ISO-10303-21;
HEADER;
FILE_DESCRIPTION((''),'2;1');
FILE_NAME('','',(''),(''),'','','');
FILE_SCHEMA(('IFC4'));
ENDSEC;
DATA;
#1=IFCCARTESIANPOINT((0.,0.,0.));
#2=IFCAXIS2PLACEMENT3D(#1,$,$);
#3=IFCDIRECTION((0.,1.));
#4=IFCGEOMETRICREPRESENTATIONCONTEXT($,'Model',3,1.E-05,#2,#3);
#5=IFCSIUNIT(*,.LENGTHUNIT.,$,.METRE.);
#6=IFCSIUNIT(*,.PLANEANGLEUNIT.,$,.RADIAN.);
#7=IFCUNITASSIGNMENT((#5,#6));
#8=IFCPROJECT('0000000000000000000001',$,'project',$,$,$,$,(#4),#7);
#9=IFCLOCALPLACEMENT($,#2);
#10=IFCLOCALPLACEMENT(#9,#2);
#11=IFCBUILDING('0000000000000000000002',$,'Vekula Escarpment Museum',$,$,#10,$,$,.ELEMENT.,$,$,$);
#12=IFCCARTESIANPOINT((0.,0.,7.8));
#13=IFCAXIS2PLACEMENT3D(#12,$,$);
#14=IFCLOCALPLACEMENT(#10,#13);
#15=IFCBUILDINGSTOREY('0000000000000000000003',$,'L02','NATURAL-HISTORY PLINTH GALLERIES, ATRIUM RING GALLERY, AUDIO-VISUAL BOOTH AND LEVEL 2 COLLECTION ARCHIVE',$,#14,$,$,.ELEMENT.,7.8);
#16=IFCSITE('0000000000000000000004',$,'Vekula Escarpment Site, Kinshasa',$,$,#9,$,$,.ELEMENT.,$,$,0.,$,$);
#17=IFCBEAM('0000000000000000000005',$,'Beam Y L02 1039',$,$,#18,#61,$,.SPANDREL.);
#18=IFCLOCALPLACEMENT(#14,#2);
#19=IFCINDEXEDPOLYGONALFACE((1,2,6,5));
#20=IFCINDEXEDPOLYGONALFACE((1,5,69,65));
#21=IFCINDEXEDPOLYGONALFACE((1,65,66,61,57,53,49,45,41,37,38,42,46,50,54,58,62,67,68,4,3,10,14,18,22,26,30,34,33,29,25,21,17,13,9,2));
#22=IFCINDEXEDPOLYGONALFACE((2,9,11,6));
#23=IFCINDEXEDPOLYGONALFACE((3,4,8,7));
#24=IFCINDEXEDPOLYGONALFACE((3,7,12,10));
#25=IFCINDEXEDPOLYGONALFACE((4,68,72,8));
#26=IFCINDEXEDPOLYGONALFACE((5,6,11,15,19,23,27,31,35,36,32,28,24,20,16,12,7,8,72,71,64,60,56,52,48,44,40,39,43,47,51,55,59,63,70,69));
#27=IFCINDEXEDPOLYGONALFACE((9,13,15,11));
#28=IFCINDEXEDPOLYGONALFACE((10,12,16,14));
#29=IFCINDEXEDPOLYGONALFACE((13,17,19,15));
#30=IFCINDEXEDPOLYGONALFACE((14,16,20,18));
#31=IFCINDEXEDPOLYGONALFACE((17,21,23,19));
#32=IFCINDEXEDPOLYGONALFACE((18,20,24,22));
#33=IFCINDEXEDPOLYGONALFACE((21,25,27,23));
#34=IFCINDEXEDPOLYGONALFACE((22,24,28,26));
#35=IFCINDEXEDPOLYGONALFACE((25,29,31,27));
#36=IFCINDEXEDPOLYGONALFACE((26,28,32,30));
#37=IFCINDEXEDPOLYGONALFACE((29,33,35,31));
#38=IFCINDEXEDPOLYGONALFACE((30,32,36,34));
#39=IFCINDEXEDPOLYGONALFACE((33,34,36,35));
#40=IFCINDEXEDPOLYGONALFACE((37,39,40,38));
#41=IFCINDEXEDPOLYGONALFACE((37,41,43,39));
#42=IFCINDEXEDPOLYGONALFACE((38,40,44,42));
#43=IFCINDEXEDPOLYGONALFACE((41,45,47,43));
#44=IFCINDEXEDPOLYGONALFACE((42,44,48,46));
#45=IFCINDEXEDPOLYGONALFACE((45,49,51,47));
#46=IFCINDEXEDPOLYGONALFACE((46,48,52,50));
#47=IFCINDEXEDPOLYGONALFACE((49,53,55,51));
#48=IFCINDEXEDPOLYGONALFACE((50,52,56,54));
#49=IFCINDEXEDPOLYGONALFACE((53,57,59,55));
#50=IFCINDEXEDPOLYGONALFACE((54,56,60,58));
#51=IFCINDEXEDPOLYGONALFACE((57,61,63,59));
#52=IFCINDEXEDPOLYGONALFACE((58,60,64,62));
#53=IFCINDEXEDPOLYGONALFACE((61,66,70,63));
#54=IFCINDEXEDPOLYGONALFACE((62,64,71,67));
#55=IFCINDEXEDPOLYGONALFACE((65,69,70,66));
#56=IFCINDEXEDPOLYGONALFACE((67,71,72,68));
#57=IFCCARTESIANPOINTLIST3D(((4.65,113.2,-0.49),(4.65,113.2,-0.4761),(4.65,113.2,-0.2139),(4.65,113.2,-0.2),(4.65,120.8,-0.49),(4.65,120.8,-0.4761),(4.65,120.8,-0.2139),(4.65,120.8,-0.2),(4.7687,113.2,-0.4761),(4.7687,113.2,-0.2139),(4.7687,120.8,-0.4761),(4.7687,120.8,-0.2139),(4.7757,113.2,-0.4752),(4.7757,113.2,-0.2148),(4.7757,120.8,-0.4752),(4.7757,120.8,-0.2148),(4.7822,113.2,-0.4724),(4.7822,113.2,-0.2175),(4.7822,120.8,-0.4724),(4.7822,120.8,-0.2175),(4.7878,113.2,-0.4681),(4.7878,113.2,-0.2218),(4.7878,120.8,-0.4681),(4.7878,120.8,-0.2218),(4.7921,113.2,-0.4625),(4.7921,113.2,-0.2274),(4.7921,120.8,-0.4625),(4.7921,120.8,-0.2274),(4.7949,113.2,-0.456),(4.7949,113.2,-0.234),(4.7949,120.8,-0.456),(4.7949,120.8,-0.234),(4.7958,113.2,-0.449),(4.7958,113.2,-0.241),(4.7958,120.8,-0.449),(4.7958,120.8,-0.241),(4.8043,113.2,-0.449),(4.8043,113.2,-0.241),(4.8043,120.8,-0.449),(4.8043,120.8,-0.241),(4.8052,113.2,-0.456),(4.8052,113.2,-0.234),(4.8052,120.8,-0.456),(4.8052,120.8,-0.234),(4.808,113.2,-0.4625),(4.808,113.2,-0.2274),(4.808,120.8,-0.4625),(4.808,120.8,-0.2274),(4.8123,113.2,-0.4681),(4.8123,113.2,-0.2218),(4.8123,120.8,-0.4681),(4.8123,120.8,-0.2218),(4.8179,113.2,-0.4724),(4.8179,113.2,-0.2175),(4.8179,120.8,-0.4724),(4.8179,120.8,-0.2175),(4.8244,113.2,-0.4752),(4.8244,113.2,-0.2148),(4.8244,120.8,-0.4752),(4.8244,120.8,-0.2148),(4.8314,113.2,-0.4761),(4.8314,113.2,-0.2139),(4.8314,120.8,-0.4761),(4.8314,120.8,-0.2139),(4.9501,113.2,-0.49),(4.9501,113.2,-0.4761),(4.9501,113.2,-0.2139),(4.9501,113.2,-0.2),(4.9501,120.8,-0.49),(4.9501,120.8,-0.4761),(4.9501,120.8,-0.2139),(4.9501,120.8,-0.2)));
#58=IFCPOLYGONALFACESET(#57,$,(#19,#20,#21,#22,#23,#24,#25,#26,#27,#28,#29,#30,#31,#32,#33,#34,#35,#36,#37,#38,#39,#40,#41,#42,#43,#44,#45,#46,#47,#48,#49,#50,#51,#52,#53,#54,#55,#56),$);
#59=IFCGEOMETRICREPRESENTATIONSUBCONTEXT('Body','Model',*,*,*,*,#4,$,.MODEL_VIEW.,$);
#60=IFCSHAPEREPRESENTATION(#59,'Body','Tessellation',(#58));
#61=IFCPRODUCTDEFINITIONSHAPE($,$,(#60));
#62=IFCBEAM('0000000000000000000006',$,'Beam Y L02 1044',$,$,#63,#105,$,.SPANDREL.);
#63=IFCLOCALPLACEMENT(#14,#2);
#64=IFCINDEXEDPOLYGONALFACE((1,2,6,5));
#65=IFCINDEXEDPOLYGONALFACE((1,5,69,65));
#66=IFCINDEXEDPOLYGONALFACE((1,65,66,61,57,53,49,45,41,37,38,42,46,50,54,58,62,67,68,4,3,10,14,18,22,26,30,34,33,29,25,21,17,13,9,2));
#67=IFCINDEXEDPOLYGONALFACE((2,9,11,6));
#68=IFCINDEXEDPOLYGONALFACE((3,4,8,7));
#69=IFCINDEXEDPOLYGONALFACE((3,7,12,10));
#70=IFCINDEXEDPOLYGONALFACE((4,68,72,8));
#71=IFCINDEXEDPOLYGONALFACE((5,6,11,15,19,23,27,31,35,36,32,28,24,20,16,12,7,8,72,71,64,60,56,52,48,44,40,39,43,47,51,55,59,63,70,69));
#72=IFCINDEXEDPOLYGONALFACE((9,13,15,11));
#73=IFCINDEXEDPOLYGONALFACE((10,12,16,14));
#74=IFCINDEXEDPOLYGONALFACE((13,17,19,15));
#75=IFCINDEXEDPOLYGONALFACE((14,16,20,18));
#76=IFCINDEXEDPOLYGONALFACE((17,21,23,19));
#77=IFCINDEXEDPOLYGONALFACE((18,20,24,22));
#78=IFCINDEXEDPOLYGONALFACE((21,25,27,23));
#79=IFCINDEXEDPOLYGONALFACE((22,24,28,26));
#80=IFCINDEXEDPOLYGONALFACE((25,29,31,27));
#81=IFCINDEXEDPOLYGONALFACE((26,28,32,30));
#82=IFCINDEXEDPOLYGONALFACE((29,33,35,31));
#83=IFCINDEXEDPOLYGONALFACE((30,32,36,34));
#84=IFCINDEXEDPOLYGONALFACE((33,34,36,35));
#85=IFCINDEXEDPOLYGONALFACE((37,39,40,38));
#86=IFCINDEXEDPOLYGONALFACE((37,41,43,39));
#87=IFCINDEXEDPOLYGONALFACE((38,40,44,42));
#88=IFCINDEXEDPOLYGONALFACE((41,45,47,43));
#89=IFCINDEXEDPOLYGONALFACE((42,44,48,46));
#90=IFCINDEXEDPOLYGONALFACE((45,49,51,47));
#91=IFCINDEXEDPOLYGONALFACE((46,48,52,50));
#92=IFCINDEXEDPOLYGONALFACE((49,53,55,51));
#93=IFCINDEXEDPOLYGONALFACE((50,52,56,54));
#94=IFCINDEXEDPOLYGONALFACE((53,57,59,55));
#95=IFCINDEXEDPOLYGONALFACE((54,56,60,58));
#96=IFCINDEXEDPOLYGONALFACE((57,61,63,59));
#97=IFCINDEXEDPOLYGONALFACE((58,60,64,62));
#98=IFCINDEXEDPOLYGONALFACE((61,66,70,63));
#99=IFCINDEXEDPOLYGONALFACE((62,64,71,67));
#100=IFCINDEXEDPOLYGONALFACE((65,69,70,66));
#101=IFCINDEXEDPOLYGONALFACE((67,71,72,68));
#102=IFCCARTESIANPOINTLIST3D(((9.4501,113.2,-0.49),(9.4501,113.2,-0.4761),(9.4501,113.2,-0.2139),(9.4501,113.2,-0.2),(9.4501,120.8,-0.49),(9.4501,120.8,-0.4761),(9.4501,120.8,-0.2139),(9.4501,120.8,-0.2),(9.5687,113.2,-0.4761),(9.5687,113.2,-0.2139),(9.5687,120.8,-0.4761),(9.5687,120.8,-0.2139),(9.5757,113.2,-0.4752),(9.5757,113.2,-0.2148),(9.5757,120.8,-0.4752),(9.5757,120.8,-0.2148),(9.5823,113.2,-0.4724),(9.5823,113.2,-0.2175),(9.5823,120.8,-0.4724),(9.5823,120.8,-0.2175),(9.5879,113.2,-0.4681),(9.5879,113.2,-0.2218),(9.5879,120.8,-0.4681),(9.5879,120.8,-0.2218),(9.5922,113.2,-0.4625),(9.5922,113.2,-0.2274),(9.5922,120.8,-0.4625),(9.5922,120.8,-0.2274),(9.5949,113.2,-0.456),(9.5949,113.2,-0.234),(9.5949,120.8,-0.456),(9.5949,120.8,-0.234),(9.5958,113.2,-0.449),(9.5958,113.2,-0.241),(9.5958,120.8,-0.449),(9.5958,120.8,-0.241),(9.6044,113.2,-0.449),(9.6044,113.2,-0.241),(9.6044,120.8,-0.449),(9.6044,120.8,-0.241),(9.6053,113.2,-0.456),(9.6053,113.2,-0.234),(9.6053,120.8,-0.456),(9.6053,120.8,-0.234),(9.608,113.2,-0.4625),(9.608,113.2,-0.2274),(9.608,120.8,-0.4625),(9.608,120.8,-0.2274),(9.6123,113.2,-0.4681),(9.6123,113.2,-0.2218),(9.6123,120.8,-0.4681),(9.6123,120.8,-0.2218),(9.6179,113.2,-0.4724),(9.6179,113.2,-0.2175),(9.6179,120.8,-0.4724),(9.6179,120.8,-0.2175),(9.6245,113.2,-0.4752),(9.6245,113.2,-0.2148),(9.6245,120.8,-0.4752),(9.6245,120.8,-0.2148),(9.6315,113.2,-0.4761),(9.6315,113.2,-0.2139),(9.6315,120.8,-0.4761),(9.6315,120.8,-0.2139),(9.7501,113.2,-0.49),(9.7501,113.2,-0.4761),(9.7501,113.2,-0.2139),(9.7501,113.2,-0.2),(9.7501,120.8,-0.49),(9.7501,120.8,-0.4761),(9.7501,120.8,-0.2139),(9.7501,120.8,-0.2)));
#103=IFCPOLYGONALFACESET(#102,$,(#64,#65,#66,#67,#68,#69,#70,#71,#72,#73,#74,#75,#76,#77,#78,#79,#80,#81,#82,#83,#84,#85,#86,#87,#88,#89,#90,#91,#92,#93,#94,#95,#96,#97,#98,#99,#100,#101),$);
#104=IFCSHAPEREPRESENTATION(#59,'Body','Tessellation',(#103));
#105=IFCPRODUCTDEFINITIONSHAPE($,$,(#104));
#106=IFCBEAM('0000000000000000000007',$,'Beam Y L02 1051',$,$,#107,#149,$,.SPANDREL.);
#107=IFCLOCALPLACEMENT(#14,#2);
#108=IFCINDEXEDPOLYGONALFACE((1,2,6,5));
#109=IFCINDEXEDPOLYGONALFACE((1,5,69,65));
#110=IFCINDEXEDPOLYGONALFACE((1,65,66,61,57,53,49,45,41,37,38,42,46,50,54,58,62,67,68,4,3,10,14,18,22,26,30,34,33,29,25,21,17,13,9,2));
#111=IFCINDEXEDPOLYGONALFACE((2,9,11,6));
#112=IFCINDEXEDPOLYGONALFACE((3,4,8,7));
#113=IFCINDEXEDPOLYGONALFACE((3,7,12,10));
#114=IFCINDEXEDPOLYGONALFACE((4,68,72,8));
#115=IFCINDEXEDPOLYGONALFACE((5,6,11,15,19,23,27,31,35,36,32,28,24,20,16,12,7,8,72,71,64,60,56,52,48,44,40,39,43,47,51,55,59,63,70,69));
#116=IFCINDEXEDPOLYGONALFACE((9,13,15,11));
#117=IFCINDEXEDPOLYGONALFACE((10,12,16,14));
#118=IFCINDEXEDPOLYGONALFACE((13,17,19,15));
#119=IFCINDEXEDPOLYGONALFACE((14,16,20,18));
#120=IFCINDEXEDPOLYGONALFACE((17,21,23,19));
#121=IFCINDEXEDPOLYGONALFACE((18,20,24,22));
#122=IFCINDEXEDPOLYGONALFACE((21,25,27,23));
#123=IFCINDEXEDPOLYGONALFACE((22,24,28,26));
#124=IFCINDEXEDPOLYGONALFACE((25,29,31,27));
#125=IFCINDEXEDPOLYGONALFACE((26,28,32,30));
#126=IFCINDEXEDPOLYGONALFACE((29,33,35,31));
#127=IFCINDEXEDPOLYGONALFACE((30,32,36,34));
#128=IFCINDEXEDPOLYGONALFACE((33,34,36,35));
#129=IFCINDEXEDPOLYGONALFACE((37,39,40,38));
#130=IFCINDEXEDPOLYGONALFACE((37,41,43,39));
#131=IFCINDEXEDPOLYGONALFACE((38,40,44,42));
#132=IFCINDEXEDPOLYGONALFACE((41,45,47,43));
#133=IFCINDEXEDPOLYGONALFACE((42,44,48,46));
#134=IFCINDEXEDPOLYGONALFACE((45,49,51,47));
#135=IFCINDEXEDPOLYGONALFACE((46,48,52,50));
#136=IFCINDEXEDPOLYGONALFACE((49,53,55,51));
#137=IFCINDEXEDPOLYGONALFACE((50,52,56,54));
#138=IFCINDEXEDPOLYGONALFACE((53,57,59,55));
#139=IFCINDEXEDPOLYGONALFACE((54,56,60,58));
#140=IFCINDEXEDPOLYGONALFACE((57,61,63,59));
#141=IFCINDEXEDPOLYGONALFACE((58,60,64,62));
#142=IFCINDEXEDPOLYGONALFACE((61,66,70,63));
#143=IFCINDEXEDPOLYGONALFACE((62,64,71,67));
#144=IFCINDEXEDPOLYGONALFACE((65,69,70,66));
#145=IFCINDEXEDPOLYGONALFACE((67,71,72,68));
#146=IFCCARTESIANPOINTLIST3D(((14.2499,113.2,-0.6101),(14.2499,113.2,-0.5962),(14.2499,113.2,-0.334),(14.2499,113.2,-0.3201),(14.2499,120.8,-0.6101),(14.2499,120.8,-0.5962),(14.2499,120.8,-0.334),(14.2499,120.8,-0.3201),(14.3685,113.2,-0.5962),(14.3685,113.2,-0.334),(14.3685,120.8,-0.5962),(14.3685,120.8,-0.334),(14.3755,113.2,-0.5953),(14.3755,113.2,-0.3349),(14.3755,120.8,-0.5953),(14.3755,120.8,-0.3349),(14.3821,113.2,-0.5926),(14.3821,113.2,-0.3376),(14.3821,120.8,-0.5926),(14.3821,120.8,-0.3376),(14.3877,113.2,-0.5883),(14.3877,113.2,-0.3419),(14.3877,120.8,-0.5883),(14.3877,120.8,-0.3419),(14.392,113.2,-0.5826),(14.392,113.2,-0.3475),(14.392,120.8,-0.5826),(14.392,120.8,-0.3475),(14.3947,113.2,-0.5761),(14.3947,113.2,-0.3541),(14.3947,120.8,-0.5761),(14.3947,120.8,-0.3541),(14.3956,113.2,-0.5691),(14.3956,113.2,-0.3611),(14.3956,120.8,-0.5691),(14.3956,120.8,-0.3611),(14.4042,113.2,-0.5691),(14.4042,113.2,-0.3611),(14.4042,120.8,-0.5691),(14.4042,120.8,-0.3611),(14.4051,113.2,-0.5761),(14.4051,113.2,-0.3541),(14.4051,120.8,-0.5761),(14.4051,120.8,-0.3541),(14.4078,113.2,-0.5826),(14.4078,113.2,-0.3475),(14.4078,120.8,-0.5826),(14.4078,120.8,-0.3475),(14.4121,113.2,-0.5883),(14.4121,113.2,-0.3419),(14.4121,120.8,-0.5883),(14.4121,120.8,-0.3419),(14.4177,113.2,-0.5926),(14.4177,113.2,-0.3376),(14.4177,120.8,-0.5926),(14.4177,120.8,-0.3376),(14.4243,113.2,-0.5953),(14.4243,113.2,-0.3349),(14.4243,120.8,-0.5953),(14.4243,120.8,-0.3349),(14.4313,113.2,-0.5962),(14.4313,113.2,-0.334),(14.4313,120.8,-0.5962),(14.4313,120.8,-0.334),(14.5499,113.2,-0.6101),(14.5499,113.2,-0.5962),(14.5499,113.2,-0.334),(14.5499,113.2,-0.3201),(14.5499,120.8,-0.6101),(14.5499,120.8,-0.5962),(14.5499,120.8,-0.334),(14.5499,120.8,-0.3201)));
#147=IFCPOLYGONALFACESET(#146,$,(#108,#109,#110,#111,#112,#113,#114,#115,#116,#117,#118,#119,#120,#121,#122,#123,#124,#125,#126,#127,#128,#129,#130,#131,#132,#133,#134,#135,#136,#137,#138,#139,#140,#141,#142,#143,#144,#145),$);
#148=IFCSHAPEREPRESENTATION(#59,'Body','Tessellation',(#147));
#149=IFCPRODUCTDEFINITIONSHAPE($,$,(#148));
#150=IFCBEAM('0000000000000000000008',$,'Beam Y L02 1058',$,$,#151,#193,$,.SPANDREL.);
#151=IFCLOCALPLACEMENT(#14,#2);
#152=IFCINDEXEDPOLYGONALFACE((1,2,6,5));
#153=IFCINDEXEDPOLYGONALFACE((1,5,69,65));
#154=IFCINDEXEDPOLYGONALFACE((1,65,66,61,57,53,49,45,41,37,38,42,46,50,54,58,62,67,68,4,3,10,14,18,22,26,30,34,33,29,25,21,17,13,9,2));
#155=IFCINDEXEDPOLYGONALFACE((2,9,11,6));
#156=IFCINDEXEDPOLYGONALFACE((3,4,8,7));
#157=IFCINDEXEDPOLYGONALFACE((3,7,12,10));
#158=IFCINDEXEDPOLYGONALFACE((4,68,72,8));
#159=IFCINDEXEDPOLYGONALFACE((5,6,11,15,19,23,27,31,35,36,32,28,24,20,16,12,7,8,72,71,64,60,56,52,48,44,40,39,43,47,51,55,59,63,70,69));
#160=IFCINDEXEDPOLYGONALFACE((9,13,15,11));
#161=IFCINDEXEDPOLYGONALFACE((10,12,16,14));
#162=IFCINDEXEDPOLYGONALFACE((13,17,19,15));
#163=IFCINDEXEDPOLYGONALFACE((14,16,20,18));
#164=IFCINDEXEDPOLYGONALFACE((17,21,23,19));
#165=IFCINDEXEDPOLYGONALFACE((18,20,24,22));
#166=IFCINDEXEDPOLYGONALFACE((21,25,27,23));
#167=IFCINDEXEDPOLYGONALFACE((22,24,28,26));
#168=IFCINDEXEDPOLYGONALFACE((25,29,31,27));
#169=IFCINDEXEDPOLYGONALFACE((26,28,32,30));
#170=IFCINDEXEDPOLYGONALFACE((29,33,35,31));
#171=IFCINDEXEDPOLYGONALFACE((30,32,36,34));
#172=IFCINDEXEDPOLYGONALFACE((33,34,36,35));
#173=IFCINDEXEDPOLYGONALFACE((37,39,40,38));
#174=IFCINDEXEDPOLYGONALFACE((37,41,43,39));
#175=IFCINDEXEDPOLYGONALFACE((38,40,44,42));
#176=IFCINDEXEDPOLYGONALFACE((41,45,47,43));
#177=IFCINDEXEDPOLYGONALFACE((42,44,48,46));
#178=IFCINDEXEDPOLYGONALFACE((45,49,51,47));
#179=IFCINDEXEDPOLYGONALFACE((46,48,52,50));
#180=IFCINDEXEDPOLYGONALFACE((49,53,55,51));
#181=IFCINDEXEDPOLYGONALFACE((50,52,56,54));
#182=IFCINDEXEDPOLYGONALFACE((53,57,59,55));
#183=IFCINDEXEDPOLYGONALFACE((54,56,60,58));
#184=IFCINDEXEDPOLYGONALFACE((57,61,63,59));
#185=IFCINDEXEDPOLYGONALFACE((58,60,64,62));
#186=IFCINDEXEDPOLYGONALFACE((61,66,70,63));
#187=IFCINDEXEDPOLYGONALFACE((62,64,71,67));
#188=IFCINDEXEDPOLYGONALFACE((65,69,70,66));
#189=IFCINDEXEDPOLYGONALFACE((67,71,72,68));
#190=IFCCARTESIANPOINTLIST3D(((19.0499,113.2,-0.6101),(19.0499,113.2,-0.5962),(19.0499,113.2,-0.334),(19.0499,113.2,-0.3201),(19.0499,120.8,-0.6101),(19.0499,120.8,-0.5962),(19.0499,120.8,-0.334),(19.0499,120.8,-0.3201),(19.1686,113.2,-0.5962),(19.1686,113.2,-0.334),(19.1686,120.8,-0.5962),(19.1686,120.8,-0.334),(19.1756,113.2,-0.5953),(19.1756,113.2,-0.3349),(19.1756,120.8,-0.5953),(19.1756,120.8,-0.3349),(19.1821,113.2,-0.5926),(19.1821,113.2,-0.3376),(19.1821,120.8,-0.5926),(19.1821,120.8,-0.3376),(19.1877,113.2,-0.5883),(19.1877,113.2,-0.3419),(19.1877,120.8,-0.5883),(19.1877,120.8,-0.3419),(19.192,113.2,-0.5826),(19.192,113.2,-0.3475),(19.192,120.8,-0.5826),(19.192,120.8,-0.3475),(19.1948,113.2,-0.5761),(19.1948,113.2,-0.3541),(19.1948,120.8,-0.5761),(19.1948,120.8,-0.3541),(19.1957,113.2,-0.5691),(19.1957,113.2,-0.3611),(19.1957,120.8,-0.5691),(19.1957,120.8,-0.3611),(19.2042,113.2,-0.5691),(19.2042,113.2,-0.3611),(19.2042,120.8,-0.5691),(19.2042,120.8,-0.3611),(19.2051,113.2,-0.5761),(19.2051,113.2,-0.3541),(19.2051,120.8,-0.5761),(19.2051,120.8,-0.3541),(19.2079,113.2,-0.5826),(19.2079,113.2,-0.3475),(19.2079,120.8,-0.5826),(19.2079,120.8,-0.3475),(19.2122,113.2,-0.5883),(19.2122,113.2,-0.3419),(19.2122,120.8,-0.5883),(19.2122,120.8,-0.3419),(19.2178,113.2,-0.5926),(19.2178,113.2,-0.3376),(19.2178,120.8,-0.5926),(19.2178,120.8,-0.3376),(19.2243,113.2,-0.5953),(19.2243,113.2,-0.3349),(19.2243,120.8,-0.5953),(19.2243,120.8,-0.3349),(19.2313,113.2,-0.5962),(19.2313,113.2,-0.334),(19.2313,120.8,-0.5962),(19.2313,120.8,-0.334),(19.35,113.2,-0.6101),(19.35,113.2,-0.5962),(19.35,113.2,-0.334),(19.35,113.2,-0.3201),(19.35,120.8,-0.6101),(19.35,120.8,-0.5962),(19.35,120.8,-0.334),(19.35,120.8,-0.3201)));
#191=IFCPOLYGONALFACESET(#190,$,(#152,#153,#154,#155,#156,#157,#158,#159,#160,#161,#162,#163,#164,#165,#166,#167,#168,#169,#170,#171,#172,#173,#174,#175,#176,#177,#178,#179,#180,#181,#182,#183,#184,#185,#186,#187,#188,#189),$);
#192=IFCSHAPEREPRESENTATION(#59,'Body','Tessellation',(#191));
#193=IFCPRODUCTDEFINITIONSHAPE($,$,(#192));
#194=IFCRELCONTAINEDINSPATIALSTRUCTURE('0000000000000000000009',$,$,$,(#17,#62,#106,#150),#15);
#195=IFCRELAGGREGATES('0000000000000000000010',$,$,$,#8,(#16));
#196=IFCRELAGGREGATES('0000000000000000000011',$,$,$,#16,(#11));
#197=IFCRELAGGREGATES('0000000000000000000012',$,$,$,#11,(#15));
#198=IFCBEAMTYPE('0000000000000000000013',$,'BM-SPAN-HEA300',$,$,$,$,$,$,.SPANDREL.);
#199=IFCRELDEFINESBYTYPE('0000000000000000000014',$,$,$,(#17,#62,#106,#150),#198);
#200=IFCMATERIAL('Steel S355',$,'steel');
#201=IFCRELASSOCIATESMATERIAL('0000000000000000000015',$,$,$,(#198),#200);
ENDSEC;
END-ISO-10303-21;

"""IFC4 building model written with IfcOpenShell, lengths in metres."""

from ifc_helpers import new_model, si_unit, direction, frame, origin, origin_2d, place, context, subcontext, project, spatial, i_section, extrude, material, material_profile, profile_set, type_object, element, save


model = new_model("IFC4")

# Units and contexts
model_context = context("Model", 3, precision=1e-05, world=origin(), true_north=direction((0.0, 1.0)))
body_context = subcontext(model_context, "Body", "Model", "MODEL_VIEW")
ifc_project = project(units=[si_unit("LENGTHUNIT", "METRE"), si_unit("PLANEANGLEUNIT", "RADIAN")], contexts=[model_context])

# Site, building, storey
site_placement = place(None, origin())
site = spatial("IfcSite", under=ifc_project, at=site_placement, Name="Vekula Escarpment Site, Kinshasa", CompositionType="ELEMENT", RefElevation=0.0)
building_placement = place(site_placement, origin())
building = spatial("IfcBuilding", under=site, at=building_placement, Name="Vekula Escarpment Museum", CompositionType="ELEMENT")
storey_placement = place(building_placement, frame((0.0, 0.0, 7.8)))
storey = spatial("IfcBuildingStorey", under=building, at=storey_placement, Name="L02", Description="NATURAL-HISTORY PLINTH GALLERIES, ATRIUM RING GALLERY, AUDIO-VISUAL BOOTH AND LEVEL 2 COLLECTION ARCHIVE", CompositionType="ELEMENT", Elevation=7.8)

# Beams
ifc_material_1 = material(Name="Steel S355", Category="steel")
ifc_material_profile_1 = material_profile(ifc_material_1, i_section(OverallWidth=0.3, OverallDepth=0.29, WebThickness=0.0085, FlangeThickness=0.0139, FilletRadius=0.0271, at=origin_2d()), Name="HEA 300")
ifc_profile_set_1 = profile_set([ifc_material_profile_1], Name="Steel S355")
beam_type_1 = type_object("IfcBeamType", Name="BM-SPAN-HEA300", PredefinedType="SPANDREL", material=ifc_profile_set_1)
for number, where, z_axis, x_axis, name in (
    (1, (4.8, 113.2, -0.345), (0.0, 1.0, 0.0), (-1.0, 0.0, 0.0), "Beam Y L02 1039"),
    (2, (9.6001, 113.2, -0.345), (0.0, 1.0, 0.0), (-1.0, 0.0, 0.0), "Beam Y L02 1044"),
    (3, (14.3999, 113.2, -0.4651), (0.0, 1.0, 0.0), (-1.0, 0.0, 0.0), "Beam Y L02 1051"),
    (4, (19.2, 113.2, -0.4651), (0.0, 1.0, 0.0), (-1.0, 0.0, 0.0), "Beam Y L02 1058"),
):
    element("IfcBeam", number, at=place(storey_placement, frame(where, z_axis=z_axis, x_axis=x_axis)), inside=storey, type_object=beam_type_1, Name=name, PredefinedType="SPANDREL", context=body_context, shape_type="SweptSolid", body=[
        extrude(i_section(OverallWidth=0.3, OverallDepth=0.29, WebThickness=0.0085, FlangeThickness=0.0139, FilletRadius=0.0271, at=origin_2d()), origin(), (0.0, 0.0, 1.0), 7.6001),
    ])

save(model, "model.ifc")
